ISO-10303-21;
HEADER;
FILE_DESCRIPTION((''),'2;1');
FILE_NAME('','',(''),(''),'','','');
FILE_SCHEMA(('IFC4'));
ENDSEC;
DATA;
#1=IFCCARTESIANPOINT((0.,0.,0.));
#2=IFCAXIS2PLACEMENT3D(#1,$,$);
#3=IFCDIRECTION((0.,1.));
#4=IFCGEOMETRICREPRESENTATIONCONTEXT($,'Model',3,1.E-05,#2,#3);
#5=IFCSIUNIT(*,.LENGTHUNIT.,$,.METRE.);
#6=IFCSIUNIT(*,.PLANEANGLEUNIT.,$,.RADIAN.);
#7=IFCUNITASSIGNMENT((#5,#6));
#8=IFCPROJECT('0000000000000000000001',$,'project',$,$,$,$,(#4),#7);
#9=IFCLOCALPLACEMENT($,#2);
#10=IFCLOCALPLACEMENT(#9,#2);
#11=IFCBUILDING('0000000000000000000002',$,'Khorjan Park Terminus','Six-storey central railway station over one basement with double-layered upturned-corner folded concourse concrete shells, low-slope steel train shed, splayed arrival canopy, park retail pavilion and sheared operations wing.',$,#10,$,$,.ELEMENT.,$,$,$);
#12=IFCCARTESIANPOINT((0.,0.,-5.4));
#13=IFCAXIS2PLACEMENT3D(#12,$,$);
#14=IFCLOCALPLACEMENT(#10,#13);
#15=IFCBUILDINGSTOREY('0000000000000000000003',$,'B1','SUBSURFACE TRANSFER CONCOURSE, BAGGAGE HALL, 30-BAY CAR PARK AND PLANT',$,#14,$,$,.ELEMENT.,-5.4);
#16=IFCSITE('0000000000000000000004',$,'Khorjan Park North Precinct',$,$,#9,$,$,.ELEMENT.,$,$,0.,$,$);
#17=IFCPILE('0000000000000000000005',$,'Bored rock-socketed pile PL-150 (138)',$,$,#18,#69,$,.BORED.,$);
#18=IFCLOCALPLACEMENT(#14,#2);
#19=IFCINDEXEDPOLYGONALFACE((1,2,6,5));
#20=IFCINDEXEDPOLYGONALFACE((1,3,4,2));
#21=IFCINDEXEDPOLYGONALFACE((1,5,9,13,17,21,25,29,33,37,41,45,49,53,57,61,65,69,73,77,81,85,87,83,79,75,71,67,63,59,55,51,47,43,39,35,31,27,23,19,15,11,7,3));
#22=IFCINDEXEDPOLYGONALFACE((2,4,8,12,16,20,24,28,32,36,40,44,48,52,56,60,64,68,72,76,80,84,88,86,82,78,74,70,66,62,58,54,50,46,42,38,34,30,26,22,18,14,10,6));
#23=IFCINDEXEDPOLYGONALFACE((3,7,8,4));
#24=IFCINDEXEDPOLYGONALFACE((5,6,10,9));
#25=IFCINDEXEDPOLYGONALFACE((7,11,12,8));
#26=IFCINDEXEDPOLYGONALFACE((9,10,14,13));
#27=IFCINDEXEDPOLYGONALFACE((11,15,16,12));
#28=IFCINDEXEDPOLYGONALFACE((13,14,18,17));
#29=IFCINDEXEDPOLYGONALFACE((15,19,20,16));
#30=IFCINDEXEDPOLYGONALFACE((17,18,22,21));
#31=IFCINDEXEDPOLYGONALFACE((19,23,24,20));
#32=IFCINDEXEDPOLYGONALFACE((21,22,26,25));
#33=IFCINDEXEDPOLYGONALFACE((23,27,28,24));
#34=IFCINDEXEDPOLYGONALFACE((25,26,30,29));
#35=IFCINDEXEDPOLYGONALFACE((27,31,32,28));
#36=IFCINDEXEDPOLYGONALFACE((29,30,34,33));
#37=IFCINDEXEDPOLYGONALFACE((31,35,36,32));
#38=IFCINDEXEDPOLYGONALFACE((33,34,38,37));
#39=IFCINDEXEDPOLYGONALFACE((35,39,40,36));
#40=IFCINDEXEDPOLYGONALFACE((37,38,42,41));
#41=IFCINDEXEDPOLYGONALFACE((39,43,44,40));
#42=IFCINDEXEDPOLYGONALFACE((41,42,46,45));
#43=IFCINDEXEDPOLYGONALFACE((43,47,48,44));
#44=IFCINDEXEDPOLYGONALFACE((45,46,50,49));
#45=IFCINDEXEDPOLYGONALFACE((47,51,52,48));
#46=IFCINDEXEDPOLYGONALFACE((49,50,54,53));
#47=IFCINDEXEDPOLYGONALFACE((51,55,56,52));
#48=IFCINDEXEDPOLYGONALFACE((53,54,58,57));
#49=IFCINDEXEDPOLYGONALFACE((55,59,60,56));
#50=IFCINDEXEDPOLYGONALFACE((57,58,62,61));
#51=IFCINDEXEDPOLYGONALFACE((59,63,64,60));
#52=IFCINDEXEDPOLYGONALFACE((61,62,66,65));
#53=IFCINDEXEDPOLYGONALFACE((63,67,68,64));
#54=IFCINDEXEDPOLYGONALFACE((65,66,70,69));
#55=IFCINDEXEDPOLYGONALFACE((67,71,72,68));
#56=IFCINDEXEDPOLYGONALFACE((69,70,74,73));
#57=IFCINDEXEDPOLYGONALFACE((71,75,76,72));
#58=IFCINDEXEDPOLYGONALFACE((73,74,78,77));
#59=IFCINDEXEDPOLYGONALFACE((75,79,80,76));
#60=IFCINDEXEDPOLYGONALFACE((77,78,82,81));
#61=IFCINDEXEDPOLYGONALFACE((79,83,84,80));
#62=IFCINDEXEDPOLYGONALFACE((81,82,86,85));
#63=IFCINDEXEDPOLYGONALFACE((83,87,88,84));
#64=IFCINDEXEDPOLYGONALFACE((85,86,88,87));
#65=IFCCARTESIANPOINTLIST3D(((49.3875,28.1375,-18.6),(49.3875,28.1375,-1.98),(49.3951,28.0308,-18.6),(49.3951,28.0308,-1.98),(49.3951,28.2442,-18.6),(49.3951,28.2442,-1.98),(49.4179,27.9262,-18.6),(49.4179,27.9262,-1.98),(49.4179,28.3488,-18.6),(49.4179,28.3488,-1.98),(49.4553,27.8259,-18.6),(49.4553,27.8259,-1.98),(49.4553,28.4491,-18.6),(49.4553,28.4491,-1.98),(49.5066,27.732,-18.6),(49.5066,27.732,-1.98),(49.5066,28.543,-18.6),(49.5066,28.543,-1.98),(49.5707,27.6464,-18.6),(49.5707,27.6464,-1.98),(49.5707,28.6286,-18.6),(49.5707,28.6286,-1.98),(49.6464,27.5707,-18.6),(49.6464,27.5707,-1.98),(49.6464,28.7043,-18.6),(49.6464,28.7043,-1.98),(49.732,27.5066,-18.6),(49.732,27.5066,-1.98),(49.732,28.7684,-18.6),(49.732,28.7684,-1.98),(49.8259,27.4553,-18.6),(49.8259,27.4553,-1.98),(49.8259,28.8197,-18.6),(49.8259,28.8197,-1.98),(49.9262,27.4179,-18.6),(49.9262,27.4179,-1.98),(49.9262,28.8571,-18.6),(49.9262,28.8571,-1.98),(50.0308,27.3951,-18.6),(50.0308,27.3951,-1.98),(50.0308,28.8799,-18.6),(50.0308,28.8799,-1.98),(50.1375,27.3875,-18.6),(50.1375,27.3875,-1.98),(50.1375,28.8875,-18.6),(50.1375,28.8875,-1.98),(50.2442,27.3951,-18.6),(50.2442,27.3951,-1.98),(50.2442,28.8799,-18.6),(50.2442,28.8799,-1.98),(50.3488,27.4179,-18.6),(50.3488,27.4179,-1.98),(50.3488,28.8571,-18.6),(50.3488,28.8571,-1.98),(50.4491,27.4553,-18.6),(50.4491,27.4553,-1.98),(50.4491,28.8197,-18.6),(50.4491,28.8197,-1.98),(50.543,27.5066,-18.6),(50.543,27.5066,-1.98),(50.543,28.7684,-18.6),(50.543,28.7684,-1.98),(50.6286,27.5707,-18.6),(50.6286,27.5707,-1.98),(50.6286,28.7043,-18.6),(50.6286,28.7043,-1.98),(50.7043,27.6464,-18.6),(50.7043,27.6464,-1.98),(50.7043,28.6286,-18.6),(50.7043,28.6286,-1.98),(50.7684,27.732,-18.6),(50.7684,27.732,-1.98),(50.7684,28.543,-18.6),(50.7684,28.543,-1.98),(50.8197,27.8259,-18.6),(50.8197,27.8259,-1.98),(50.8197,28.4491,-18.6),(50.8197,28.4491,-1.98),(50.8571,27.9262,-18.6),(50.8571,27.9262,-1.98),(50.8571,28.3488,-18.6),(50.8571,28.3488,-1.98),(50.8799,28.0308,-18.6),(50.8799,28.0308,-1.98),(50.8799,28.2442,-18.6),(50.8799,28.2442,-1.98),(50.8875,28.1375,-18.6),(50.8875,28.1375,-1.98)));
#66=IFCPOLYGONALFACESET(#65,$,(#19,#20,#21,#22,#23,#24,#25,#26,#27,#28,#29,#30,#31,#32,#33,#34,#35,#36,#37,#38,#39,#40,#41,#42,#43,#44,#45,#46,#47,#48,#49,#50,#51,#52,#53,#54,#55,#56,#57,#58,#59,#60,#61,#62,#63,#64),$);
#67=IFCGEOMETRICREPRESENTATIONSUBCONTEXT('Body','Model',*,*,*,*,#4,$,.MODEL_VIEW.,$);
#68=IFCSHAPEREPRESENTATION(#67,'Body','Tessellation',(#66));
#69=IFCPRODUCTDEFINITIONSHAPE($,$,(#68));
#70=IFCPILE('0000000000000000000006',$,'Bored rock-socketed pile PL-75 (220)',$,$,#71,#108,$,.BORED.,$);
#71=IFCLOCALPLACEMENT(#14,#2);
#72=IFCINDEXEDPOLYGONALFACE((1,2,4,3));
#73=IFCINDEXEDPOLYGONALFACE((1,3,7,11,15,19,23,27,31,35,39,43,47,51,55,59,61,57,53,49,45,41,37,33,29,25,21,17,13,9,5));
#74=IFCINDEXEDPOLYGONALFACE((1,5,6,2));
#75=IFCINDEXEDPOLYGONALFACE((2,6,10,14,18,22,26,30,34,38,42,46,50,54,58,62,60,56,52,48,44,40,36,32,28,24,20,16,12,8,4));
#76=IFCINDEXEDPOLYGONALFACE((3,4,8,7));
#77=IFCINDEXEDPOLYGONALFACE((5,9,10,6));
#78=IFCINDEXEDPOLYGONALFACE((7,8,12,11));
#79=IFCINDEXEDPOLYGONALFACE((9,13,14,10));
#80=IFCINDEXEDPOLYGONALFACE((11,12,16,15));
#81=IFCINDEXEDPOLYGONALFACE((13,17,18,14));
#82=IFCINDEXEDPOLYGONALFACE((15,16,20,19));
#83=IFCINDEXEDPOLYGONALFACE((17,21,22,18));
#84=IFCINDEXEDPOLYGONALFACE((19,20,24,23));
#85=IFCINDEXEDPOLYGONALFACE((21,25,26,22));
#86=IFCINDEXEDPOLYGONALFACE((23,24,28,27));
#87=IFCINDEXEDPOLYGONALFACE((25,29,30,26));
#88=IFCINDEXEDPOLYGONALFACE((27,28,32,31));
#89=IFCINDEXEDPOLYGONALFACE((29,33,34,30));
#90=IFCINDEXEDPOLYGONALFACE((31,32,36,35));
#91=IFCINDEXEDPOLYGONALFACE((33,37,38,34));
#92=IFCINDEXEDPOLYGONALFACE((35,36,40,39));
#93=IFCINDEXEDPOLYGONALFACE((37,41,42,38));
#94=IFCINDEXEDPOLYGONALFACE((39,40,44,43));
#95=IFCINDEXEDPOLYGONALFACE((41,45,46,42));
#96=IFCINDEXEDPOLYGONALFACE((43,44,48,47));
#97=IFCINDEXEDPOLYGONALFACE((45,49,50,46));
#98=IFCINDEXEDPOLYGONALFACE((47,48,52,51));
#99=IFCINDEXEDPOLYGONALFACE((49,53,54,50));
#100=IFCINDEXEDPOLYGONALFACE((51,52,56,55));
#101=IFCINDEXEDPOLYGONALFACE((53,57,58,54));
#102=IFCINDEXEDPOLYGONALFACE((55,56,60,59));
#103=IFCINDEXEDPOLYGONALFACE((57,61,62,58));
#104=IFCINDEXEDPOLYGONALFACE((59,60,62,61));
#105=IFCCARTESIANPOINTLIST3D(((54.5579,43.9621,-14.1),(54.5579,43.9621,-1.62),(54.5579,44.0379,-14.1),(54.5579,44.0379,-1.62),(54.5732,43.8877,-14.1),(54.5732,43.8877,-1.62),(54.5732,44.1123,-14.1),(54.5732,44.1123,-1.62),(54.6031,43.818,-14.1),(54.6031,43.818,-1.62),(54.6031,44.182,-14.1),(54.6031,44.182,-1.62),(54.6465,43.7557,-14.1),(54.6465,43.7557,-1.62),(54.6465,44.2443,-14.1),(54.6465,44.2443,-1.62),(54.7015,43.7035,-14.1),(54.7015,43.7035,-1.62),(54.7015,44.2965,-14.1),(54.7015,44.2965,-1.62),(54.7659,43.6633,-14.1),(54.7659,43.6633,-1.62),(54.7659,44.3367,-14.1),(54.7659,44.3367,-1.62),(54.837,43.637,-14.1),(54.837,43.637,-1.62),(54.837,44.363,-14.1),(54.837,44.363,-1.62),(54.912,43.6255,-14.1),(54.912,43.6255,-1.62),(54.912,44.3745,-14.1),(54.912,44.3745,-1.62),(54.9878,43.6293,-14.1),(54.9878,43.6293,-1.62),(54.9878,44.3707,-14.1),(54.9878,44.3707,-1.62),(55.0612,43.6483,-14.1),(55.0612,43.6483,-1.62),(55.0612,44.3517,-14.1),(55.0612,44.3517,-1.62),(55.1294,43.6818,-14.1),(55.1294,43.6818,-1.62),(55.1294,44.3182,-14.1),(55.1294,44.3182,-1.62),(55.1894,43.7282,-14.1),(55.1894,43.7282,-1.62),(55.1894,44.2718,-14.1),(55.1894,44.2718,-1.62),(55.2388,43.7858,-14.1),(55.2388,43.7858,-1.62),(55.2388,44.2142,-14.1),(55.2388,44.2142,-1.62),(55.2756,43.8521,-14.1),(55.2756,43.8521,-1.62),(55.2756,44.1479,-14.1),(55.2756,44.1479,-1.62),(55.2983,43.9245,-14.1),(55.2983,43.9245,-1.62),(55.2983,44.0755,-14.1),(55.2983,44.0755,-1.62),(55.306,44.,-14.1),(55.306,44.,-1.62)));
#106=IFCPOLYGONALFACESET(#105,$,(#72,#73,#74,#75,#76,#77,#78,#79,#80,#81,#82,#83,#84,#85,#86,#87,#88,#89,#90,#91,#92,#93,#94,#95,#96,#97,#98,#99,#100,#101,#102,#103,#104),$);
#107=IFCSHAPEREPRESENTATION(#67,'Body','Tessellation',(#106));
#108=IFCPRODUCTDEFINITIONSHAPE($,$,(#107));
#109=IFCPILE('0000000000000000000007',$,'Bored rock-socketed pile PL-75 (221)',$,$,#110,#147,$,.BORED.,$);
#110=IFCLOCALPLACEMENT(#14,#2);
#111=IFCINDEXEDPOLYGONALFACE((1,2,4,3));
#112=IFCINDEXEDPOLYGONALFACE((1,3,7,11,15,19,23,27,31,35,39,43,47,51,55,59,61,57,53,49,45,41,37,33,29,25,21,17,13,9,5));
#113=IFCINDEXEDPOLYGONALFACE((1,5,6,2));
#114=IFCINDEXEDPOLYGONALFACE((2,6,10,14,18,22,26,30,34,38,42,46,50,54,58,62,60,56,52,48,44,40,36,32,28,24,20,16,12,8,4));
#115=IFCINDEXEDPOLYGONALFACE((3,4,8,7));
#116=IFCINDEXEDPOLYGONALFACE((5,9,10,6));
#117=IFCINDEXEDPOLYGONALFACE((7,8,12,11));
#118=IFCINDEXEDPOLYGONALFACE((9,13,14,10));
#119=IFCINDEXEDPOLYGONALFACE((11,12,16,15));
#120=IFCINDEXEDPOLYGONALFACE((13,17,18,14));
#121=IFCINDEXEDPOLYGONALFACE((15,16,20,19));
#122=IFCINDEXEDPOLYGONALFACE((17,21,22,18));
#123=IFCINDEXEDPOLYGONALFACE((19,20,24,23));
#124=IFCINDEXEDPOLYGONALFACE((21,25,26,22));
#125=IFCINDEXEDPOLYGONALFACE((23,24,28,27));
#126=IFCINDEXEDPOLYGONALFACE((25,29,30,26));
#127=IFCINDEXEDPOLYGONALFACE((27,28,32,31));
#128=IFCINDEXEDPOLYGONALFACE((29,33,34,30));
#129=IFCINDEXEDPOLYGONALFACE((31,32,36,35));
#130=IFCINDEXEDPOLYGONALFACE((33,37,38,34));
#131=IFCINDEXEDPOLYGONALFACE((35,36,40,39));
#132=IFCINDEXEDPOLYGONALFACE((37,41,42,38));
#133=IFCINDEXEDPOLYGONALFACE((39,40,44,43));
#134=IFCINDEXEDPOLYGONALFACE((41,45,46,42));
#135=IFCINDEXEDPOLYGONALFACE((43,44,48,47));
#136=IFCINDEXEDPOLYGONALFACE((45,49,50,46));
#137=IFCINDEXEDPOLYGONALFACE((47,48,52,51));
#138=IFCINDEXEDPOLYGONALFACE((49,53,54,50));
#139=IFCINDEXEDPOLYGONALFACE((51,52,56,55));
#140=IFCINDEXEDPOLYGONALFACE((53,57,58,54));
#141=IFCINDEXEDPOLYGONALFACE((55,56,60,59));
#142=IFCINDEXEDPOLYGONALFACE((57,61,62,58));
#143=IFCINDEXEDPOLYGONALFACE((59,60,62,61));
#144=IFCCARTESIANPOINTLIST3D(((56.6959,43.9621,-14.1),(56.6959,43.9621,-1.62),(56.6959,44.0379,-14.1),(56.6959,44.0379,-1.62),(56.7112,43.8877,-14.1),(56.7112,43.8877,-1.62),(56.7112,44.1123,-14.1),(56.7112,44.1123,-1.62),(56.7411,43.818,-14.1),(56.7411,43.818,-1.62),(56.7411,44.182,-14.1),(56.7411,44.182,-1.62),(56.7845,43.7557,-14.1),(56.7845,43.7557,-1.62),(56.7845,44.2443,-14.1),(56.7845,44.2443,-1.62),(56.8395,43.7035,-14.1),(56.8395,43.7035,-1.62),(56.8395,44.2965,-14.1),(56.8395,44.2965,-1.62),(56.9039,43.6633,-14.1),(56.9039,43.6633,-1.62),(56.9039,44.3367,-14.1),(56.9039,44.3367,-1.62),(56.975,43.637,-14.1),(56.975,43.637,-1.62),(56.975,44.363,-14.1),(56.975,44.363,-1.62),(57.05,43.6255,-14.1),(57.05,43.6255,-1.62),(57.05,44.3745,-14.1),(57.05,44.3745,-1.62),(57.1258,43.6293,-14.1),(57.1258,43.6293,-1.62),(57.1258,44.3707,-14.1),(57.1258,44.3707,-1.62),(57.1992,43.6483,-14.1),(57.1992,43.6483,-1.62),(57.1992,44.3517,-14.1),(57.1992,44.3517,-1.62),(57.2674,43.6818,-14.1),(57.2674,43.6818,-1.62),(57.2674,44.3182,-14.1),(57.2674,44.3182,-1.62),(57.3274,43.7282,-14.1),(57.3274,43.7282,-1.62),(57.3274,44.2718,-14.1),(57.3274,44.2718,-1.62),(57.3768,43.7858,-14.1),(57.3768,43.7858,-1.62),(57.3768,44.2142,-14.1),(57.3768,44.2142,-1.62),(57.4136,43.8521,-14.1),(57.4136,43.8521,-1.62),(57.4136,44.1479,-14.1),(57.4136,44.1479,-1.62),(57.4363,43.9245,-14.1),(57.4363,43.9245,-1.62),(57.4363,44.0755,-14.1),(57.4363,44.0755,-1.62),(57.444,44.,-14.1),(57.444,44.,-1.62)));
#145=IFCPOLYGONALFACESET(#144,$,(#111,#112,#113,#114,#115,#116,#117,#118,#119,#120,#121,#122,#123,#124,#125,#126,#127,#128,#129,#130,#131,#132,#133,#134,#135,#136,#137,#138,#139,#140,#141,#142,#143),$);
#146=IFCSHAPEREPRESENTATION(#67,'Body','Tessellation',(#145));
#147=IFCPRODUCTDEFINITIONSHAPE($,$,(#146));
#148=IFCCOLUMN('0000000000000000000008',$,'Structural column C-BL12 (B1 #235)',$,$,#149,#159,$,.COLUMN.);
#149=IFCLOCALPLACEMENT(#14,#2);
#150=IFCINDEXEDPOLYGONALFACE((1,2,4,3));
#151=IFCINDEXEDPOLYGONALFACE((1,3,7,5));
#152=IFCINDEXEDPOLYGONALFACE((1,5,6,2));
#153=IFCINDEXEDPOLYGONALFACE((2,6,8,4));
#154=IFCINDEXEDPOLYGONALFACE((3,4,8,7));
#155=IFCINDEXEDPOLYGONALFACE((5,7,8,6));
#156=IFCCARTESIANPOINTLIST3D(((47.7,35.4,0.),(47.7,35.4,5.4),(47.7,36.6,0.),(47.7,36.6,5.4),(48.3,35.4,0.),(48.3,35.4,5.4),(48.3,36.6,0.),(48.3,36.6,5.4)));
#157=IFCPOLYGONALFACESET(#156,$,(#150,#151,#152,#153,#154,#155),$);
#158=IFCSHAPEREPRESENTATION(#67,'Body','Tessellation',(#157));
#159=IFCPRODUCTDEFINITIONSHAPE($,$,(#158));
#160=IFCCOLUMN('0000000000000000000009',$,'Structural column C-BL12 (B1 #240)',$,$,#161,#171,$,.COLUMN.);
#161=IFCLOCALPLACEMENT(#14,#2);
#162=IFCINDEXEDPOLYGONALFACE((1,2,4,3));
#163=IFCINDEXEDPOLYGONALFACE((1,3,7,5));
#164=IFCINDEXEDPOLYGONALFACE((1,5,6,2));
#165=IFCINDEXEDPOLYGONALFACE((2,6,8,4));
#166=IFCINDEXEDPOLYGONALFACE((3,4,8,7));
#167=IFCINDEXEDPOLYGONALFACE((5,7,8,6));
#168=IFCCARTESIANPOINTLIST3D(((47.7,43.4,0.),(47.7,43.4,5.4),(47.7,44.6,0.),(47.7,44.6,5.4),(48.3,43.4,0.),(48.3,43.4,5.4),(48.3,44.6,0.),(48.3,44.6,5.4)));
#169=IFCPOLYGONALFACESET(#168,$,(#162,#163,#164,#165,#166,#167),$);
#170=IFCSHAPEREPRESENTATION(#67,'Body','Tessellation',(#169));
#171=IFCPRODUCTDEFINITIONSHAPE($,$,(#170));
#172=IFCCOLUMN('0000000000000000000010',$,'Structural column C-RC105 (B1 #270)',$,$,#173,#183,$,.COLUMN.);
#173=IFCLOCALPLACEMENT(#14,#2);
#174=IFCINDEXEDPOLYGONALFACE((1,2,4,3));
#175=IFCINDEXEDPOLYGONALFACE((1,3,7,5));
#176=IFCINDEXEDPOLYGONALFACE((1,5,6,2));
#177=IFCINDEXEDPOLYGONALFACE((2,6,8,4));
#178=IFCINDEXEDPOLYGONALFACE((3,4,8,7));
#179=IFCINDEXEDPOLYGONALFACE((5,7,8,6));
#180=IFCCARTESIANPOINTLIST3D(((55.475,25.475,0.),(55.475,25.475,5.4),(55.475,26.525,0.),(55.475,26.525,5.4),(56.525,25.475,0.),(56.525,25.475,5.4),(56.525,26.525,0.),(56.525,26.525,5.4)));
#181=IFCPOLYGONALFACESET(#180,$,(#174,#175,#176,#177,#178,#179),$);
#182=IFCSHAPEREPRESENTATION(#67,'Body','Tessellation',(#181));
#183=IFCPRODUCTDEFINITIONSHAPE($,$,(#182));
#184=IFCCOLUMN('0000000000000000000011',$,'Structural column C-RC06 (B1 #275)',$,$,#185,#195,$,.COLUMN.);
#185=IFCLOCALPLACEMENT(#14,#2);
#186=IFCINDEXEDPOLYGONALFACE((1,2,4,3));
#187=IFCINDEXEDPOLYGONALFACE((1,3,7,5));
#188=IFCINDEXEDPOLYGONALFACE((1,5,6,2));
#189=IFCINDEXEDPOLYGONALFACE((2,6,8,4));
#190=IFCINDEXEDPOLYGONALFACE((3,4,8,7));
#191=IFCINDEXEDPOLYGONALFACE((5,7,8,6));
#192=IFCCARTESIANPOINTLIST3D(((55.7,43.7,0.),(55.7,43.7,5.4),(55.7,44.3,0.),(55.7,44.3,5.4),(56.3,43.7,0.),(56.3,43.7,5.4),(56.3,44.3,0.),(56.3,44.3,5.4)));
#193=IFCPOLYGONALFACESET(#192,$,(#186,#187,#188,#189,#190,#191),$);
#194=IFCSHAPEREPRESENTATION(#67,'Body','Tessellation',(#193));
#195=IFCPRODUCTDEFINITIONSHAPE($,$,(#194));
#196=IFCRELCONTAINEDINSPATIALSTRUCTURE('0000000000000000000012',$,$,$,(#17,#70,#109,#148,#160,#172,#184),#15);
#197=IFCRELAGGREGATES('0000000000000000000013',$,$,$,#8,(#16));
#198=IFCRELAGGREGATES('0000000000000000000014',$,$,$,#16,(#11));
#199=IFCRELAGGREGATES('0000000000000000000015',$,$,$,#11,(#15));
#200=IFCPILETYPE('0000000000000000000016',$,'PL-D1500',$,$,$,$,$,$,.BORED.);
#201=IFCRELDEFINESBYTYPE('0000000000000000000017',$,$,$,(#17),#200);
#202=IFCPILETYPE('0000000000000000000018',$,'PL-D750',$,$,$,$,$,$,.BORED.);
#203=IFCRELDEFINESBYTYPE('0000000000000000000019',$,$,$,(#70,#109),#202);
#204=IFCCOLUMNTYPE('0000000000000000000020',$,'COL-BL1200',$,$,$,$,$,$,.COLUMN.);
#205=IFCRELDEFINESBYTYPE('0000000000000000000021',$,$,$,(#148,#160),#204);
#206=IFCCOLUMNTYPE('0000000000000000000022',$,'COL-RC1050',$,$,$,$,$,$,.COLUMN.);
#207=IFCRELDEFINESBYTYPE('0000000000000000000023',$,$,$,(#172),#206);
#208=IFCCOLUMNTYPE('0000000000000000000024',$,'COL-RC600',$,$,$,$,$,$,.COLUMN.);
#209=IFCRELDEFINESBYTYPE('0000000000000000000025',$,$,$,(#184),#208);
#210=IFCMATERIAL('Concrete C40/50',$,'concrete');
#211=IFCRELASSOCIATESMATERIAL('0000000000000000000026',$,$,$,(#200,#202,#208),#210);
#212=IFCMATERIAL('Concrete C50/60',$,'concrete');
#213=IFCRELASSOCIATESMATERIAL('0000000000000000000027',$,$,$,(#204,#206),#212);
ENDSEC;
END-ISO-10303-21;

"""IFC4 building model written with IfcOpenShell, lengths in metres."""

from ifc_helpers import new_model, si_unit, direction, frame, origin, origin_2d, place, context, subcontext, project, spatial, rectangle, circle, extrude, material, material_profile, profile_set, type_object, element, save


model = new_model("IFC4")

# Units and contexts
model_context = context("Model", 3, precision=1e-05, world=origin(), true_north=direction((0.0, 1.0)))
body_context = subcontext(model_context, "Body", "Model", "MODEL_VIEW")
ifc_project = project(units=[si_unit("LENGTHUNIT", "METRE"), si_unit("PLANEANGLEUNIT", "RADIAN")], contexts=[model_context])

# Site, building, storey
site_placement = place(None, origin())
site = spatial("IfcSite", under=ifc_project, at=site_placement, Name="Khorjan Park North Precinct", CompositionType="ELEMENT", RefElevation=0.0)
building_placement = place(site_placement, origin())
building = spatial("IfcBuilding", under=site, at=building_placement, Name="Khorjan Park Terminus", Description="Six-storey central railway station over one basement with double-layered upturned-corner folded concourse concrete shells, low-slope steel train shed, splayed arrival canopy, park retail pavilion and sheared operations wing.", CompositionType="ELEMENT")
storey_placement = place(building_placement, frame((0.0, 0.0, -5.4)))
storey = spatial("IfcBuildingStorey", under=building, at=storey_placement, Name="B1", Description="SUBSURFACE TRANSFER CONCOURSE, BAGGAGE HALL, 30-BAY CAR PARK AND PLANT", CompositionType="ELEMENT", Elevation=-5.4)

# Shared definitions
ifc_material_1 = material(Name="Concrete C40/50", Category="concrete")

# Piles
ifc_material_profile_1 = material_profile(ifc_material_1, circle(Radius=0.75, at=origin_2d()), Name="BORED D1500")
ifc_profile_set_1 = profile_set([ifc_material_profile_1], Name="Concrete C40/50")
pile_type_1 = type_object("IfcPileType", Name="PL-D1500", PredefinedType="BORED", material=ifc_profile_set_1)
pile_1_placement = place(storey_placement, frame((50.1375, 28.1375, -1.98), z_axis=(0.0, 0.0, -1.0), x_axis=(1.0, 0.0, 0.0)))
element("IfcPile", 1, at=pile_1_placement, inside=storey, type_object=pile_type_1, Name="Bored rock-socketed pile PL-150 (138)", PredefinedType="BORED", context=body_context, shape_type="SweptSolid", body=[
    extrude(circle(Radius=0.75, at=origin_2d()), origin(), (0.0, 0.0, 1.0), 16.62),
])
ifc_material_profile_2 = material_profile(ifc_material_1, circle(Radius=0.375, at=origin_2d()), Name="BORED D750")
ifc_profile_set_2 = profile_set([ifc_material_profile_2], Name="Concrete C40/50")
pile_type_2 = type_object("IfcPileType", Name="PL-D750", PredefinedType="BORED", material=ifc_profile_set_2)
for number, where, z_axis, x_axis, name in (
    (2, (54.931, 44.0, -1.62), (0.0, 0.0, -1.0), (1.0, 0.0, 0.0), "Bored rock-socketed pile PL-75 (220)"),
    (3, (57.069, 44.0, -1.62), (0.0, 0.0, -1.0), (1.0, 0.0, 0.0), "Bored rock-socketed pile PL-75 (221)"),
):
    element("IfcPile", number, at=place(storey_placement, frame(where, z_axis=z_axis, x_axis=x_axis)), inside=storey, type_object=pile_type_2, Name=name, PredefinedType="BORED", context=body_context, shape_type="SweptSolid", body=[
        extrude(circle(Radius=0.375, at=origin_2d()), origin(), (0.0, 0.0, 1.0), 12.48),
    ])

# Columns
ifc_material_2 = material(Name="Concrete C50/60", Category="concrete")
ifc_material_profile_3 = material_profile(ifc_material_2, rectangle(XDim=0.6, YDim=1.2, at=origin_2d()), Name="RC 600x1200")
ifc_profile_set_3 = profile_set([ifc_material_profile_3], Name="Concrete C50/60")
column_type_1 = type_object("IfcColumnType", Name="COL-BL1200", PredefinedType="COLUMN", material=ifc_profile_set_3)
for number, where, z_axis, x_axis, name in (
    (4, (48.0, 36.0, 0.0), (0.0, 0.0, 1.0), (1.0, 0.0, 0.0), "Structural column C-BL12 (B1 #235)"),
    (5, (48.0, 44.0, 0.0), (0.0, 0.0, 1.0), (1.0, 0.0, 0.0), "Structural column C-BL12 (B1 #240)"),
):
    element("IfcColumn", number, at=place(storey_placement, frame(where, z_axis=z_axis, x_axis=x_axis)), inside=storey, type_object=column_type_1, Name=name, PredefinedType="COLUMN", context=body_context, shape_type="SweptSolid", body=[
        extrude(rectangle(XDim=0.6, YDim=1.2, at=origin_2d()), origin(), (0.0, 0.0, 1.0), 5.4),
    ])
ifc_material_profile_4 = material_profile(ifc_material_2, rectangle(XDim=1.05, YDim=1.05, at=origin_2d()), Name="RC 1050x1050")
ifc_profile_set_4 = profile_set([ifc_material_profile_4], Name="Concrete C50/60")
column_type_2 = type_object("IfcColumnType", Name="COL-RC1050", PredefinedType="COLUMN", material=ifc_profile_set_4)
column_1_placement = place(storey_placement, frame((56.0, 26.0, 0.0), z_axis=(0.0, 0.0, 1.0), x_axis=(1.0, 0.0, 0.0)))
element("IfcColumn", 6, at=column_1_placement, inside=storey, type_object=column_type_2, Name="Structural column C-RC105 (B1 #270)", PredefinedType="COLUMN", context=body_context, shape_type="SweptSolid", body=[
    extrude(rectangle(XDim=1.05, YDim=1.05, at=origin_2d()), origin(), (0.0, 0.0, 1.0), 5.4),
])
ifc_material_profile_5 = material_profile(ifc_material_1, rectangle(XDim=0.6, YDim=0.6, at=origin_2d()), Name="RC 600x600")
ifc_profile_set_5 = profile_set([ifc_material_profile_5], Name="Concrete C40/50")
column_type_3 = type_object("IfcColumnType", Name="COL-RC600", PredefinedType="COLUMN", material=ifc_profile_set_5)
column_2_placement = place(storey_placement, frame((56.0, 44.0, 0.0), z_axis=(0.0, 0.0, 1.0), x_axis=(1.0, 0.0, 0.0)))
element("IfcColumn", 7, at=column_2_placement, inside=storey, type_object=column_type_3, Name="Structural column C-RC06 (B1 #275)", PredefinedType="COLUMN", context=body_context, shape_type="SweptSolid", body=[
    extrude(rectangle(XDim=0.6, YDim=0.6, at=origin_2d()), origin(), (0.0, 0.0, 1.0), 5.4),
])

save(model, "model.ifc")
